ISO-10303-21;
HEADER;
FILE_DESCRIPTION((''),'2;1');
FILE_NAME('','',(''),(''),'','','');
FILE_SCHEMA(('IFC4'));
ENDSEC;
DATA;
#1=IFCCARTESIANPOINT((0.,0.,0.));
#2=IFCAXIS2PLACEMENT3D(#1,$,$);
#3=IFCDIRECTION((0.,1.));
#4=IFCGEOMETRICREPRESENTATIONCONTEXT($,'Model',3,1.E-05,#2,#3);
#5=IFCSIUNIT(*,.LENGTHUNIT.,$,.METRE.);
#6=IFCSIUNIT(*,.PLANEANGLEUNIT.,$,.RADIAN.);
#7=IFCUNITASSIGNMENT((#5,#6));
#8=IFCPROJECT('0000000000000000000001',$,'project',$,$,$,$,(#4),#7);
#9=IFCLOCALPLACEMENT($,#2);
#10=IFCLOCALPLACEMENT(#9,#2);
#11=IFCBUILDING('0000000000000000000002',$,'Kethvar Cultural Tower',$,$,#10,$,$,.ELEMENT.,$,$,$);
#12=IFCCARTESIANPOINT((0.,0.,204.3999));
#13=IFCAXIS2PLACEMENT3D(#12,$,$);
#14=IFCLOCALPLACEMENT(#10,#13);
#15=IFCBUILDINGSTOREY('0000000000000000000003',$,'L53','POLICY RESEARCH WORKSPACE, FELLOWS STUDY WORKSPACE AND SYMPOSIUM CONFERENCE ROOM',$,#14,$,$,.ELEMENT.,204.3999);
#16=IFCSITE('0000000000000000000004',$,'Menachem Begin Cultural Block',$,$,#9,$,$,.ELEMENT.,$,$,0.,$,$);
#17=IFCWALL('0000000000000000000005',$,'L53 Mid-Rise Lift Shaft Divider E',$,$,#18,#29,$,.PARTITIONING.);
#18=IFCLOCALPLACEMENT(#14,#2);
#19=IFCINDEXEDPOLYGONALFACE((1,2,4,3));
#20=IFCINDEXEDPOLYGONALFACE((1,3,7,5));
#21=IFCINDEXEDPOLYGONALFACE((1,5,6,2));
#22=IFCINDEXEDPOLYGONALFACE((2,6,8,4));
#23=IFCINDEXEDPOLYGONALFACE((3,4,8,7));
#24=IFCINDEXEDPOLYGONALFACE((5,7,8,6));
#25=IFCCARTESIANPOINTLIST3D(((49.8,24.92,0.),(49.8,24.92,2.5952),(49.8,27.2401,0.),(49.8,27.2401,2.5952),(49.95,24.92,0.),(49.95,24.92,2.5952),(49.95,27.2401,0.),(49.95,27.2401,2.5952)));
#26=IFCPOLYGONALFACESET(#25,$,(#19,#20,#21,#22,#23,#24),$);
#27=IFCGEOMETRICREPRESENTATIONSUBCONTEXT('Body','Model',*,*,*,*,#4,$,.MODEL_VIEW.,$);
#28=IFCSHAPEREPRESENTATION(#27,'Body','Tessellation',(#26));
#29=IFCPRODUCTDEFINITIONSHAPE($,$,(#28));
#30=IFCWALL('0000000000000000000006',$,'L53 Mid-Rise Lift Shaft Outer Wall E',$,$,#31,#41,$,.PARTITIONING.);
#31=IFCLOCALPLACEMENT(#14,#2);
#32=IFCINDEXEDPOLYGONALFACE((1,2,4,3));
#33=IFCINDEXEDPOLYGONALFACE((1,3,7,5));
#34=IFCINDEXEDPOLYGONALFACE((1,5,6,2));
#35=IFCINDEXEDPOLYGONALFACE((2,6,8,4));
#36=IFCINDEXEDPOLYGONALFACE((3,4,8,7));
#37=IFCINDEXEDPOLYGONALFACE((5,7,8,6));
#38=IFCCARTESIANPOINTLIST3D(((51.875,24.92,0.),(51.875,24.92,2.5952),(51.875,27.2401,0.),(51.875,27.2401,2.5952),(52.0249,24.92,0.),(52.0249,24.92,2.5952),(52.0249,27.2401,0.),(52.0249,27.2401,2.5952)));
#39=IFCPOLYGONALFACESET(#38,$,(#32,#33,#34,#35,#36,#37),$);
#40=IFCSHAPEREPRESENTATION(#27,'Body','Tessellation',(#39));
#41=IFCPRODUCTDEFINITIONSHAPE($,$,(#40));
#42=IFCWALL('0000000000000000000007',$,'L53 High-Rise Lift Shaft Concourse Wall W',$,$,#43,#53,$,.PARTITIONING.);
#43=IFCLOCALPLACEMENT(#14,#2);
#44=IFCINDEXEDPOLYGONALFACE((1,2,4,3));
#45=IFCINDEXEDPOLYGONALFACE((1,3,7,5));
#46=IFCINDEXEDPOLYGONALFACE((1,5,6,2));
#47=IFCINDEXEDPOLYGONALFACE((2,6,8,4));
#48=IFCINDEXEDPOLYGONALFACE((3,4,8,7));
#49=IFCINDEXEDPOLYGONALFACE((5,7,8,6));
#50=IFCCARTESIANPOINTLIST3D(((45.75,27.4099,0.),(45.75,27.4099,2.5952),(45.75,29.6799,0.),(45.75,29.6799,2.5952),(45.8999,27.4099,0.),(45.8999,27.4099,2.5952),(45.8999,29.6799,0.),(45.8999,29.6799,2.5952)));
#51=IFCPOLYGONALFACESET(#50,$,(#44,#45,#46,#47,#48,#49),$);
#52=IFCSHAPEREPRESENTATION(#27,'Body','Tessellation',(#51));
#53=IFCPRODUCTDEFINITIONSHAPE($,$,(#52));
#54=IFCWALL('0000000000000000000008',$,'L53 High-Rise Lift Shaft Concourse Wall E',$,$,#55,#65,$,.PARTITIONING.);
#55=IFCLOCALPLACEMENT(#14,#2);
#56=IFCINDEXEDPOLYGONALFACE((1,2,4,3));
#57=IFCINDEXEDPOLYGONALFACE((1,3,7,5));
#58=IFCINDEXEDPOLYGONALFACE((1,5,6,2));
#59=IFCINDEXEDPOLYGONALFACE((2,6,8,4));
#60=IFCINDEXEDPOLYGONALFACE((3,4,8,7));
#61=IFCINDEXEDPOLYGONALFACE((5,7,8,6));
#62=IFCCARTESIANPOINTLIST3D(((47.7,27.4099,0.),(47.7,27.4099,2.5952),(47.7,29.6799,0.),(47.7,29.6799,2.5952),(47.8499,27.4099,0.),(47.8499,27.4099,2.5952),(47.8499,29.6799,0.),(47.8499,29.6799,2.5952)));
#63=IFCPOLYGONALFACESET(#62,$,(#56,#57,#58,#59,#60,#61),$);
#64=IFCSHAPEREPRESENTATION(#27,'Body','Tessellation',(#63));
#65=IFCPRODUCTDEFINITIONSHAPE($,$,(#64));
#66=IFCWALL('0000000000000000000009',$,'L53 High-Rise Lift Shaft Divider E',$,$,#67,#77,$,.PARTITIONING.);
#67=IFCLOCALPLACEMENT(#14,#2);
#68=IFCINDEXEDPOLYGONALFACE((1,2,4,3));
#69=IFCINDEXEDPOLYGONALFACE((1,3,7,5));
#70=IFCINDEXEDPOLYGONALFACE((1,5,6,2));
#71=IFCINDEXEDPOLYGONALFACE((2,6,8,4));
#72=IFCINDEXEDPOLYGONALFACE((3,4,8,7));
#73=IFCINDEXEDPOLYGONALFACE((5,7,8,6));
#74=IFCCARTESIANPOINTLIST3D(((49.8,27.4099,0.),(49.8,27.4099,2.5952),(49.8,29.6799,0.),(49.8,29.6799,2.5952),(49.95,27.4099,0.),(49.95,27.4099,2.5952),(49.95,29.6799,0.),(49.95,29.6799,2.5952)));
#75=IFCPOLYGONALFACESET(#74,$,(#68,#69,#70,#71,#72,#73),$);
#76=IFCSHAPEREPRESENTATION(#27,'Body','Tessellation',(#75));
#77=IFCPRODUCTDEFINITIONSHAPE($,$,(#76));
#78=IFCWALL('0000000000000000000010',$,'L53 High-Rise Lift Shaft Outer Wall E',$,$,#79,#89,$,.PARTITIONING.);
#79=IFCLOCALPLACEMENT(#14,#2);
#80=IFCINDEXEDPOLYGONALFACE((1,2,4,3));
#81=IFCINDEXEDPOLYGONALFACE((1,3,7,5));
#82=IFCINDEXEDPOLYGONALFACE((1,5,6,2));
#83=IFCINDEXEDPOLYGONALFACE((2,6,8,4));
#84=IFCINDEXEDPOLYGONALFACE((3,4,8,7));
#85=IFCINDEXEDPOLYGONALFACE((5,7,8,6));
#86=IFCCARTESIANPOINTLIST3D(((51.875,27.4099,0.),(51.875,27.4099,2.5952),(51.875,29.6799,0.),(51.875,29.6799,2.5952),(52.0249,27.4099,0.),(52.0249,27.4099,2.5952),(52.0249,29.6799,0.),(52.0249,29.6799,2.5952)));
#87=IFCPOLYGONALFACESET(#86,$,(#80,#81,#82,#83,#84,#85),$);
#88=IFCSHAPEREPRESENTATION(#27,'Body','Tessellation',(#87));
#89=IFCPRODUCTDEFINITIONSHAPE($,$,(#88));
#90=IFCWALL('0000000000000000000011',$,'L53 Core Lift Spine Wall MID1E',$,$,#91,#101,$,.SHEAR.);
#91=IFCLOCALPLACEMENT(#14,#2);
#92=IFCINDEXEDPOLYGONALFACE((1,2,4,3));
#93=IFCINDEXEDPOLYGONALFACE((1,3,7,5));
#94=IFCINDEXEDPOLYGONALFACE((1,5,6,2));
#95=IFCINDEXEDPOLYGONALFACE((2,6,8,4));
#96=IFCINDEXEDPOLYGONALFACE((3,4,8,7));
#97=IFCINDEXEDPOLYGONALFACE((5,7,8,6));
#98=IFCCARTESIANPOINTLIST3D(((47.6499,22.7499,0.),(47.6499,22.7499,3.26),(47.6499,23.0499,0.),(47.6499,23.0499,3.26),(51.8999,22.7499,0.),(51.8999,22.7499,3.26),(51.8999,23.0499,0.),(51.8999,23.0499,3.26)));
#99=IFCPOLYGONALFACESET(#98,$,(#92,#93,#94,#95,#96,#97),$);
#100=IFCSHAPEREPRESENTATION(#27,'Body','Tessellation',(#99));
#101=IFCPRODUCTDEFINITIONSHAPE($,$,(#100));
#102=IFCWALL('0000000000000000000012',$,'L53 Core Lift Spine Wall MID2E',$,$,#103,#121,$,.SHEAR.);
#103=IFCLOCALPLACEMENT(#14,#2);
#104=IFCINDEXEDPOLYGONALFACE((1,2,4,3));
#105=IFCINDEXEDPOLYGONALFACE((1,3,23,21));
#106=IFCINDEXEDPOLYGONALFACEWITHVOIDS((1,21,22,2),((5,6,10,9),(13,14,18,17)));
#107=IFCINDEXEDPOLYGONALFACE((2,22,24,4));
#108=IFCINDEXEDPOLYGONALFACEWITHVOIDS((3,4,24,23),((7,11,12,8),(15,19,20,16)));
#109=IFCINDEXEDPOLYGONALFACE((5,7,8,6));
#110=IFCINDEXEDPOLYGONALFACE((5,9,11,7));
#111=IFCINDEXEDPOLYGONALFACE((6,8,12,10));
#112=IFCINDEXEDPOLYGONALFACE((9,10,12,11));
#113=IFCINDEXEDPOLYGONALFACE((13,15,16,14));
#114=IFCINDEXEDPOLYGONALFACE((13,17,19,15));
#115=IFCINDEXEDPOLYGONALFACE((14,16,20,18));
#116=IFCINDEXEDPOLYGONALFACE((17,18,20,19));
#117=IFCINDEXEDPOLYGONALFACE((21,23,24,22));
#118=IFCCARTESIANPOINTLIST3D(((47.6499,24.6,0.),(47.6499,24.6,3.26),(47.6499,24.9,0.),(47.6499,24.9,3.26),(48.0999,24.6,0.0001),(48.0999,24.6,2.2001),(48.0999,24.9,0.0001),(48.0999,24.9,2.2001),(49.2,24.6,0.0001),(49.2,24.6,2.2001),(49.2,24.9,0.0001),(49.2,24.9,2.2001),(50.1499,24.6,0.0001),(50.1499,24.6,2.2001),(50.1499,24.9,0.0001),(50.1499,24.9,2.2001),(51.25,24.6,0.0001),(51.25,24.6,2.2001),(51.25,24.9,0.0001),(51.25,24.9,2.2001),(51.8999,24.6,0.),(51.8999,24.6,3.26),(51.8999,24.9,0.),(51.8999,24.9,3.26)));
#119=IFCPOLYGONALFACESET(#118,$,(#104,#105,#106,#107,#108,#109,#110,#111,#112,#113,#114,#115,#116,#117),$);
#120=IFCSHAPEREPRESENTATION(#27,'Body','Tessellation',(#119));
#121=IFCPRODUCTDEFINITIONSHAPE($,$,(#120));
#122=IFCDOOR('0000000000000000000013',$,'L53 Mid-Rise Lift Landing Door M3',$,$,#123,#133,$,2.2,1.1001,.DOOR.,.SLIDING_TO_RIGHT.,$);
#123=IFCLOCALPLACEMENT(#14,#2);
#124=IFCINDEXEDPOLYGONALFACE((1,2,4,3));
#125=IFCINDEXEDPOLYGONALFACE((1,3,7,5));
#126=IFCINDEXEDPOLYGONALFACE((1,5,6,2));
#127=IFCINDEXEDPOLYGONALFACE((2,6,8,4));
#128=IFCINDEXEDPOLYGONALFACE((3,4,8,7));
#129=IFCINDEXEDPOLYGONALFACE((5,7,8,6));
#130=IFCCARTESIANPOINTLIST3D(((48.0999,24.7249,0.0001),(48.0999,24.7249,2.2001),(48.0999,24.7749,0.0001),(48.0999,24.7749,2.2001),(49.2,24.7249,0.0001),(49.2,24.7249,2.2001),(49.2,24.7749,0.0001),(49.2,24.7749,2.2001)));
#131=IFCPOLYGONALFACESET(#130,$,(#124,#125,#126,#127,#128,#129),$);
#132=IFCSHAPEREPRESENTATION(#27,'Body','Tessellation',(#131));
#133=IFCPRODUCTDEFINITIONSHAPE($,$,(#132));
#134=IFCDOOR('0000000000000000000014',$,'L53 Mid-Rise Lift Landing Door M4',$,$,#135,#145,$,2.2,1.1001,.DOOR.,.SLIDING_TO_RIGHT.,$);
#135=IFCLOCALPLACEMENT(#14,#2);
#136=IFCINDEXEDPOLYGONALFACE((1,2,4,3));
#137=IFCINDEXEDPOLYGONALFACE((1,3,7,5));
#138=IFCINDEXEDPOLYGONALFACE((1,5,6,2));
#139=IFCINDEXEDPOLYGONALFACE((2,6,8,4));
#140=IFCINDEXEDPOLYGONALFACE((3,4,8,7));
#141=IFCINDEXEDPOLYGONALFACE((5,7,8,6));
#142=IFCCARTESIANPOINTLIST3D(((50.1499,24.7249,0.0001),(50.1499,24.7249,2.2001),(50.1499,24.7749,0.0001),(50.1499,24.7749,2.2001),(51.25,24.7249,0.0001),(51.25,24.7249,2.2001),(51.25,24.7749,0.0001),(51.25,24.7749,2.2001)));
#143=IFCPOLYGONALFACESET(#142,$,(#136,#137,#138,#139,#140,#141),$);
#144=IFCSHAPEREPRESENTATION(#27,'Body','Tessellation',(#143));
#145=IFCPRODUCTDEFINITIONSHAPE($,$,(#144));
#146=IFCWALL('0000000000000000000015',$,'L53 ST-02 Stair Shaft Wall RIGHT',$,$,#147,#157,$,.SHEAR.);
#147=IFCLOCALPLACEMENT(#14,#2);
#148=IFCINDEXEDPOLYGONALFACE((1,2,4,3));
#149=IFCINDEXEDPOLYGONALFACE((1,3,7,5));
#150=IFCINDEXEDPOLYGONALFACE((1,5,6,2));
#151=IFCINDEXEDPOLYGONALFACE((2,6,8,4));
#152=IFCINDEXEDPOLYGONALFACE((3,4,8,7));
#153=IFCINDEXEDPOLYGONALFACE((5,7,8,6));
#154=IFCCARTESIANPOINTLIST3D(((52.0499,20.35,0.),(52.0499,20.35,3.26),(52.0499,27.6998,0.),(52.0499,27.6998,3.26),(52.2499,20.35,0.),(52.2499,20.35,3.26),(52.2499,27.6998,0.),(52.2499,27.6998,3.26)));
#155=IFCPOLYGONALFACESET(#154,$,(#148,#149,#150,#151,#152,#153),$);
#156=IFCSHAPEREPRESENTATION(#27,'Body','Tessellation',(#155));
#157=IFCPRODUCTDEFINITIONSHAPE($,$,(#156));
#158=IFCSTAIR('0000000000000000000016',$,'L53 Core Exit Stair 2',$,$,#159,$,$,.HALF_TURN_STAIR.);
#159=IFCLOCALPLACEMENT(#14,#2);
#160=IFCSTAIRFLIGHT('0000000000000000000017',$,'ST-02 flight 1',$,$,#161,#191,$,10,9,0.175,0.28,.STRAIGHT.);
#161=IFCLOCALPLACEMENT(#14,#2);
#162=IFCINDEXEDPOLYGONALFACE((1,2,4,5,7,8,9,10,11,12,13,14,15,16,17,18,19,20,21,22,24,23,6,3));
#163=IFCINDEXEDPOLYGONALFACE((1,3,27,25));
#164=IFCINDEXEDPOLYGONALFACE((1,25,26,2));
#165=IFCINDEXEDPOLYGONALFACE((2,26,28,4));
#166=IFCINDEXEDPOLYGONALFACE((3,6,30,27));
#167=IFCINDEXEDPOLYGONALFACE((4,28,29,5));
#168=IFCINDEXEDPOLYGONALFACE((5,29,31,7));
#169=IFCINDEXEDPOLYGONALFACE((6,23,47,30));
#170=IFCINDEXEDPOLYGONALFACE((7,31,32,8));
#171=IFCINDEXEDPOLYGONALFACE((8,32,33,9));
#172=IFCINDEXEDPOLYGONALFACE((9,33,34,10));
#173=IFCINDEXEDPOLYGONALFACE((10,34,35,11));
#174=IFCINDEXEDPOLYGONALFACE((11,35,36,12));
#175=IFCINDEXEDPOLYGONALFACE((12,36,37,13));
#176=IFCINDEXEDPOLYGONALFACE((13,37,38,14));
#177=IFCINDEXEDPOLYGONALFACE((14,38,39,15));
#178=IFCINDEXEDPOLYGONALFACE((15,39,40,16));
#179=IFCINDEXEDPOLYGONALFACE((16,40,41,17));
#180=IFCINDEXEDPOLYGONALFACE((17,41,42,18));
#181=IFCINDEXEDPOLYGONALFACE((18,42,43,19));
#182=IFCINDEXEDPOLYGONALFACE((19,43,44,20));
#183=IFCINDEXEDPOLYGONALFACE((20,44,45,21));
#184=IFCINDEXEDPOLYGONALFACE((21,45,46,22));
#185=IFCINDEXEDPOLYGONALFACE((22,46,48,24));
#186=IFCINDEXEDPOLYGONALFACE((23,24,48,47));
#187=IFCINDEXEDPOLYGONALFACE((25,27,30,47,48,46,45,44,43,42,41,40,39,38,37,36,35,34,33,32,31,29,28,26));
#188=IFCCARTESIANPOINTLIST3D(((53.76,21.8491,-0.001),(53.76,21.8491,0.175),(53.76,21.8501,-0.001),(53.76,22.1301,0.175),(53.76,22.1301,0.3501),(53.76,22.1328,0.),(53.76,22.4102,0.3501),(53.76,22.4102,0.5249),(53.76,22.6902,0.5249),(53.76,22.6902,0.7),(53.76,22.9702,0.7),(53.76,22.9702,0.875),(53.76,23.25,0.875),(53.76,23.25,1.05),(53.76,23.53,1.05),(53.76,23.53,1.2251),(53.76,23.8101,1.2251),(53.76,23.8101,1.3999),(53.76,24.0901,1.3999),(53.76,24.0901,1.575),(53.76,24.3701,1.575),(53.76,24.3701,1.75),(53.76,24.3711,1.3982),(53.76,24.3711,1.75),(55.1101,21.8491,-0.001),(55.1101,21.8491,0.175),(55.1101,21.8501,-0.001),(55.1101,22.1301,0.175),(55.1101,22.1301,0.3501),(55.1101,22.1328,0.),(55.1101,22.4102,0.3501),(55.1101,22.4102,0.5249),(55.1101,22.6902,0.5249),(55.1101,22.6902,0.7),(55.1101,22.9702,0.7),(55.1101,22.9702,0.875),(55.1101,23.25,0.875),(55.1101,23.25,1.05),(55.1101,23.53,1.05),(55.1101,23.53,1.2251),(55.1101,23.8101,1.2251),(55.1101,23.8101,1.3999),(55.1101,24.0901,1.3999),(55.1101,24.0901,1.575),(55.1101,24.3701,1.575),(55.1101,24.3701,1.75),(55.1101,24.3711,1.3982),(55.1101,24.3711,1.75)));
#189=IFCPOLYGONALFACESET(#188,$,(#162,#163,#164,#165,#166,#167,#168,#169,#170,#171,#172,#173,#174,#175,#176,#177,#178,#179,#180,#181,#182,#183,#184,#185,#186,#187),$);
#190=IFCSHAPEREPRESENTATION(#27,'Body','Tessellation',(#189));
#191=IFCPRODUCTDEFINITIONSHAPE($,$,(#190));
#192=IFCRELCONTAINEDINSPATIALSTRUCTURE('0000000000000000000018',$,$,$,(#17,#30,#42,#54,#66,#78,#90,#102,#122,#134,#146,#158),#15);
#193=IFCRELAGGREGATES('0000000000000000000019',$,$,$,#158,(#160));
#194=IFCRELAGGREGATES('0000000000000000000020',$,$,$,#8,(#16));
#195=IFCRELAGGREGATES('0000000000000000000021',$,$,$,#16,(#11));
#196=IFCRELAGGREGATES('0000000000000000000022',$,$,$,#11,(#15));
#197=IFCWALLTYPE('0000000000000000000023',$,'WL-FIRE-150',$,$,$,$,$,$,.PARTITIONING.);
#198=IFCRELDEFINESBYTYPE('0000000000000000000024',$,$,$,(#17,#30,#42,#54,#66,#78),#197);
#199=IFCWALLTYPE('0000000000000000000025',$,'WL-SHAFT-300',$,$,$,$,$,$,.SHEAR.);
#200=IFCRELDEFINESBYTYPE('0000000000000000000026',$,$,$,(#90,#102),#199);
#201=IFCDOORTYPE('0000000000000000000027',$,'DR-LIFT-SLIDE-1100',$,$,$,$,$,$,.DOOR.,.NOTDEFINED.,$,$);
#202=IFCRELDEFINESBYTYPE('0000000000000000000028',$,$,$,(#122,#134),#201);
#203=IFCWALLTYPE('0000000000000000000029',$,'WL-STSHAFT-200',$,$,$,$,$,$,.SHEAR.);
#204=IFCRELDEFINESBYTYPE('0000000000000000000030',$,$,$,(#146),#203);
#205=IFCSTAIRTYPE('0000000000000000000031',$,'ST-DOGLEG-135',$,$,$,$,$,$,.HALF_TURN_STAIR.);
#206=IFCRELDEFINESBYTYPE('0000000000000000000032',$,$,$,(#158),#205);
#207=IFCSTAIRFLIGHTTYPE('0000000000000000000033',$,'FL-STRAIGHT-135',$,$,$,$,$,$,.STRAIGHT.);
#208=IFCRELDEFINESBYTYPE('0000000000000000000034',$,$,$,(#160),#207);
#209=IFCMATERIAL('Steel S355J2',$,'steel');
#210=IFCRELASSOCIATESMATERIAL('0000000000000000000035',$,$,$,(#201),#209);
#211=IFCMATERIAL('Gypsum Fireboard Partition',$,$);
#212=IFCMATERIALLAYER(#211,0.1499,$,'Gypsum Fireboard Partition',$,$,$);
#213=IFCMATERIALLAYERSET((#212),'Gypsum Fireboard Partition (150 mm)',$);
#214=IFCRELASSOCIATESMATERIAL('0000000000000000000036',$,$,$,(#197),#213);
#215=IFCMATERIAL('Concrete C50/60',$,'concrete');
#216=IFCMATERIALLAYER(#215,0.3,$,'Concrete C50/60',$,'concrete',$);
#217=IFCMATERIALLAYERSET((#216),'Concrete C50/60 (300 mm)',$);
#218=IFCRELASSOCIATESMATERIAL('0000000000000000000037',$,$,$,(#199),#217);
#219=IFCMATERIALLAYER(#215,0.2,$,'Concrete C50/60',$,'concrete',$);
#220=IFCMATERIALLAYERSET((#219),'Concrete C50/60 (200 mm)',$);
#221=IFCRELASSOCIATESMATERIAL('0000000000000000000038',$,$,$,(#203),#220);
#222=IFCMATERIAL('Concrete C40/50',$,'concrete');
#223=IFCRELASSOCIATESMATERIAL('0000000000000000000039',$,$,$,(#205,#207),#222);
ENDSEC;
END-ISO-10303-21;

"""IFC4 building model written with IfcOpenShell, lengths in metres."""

from ifc_helpers import new_model, si_unit, direction, frame, frame_2d, origin, place, context, subcontext, project, spatial, polyline, rectangle, outline, extrude, source, transform, mapped, material, layer, layer_set, type_object, element, fill, aggregate, save


model = new_model("IFC4")

# Units and contexts
model_context = context("Model", 3, precision=1e-05, world=origin(), true_north=direction((0.0, 1.0)))
body_context = subcontext(model_context, "Body", "Model", "MODEL_VIEW")
ifc_project = project(units=[si_unit("LENGTHUNIT", "METRE"), si_unit("PLANEANGLEUNIT", "RADIAN")], contexts=[model_context])

# Site, building, storey
site_placement = place(None, origin())
site = spatial("IfcSite", under=ifc_project, at=site_placement, Name="Menachem Begin Cultural Block", CompositionType="ELEMENT", RefElevation=0.0)
building_placement = place(site_placement, origin())
building = spatial("IfcBuilding", under=site, at=building_placement, Name="Kethvar Cultural Tower", CompositionType="ELEMENT")
storey_placement = place(building_placement, frame((0.0, 0.0, 204.3999)))
storey = spatial("IfcBuildingStorey", under=building, at=storey_placement, Name="L53", Description="POLICY RESEARCH WORKSPACE, FELLOWS STUDY WORKSPACE AND SYMPOSIUM CONFERENCE ROOM", CompositionType="ELEMENT", Elevation=204.3999)

# Shared definitions
ifc_material_1 = material(Name="Steel S355J2", Category="steel")

# Shared definitions
door_type_1 = type_object("IfcDoorType", Name="DR-LIFT-SLIDE-1100", OperationType="NOTDEFINED", PredefinedType="DOOR", material=ifc_material_1)
shared_shape_1 = source(origin(), body_context, "Body", "SweptSolid", [
    extrude(rectangle(XDim=1.1001, YDim=2.2, at=frame_2d((0.55, 1.1001))), frame((0.0, 0.0249, 0.0), z_axis=(0.0, -1.0, 0.0), x_axis=(1.0, 0.0, 0.0)), (0.0, 0.0, 1.0), 0.05),
])

# Walls
ifc_material_2 = material(Name="Gypsum Fireboard Partition")
ifc_layer_1 = layer(ifc_material_2, 0.1499, Name="Gypsum Fireboard Partition")
ifc_layer_set_1 = layer_set([ifc_layer_1], Name="Gypsum Fireboard Partition (150 mm)")
wall_type_1 = type_object("IfcWallType", Name="WL-FIRE-150", PredefinedType="PARTITIONING", material=ifc_layer_set_1)
for number, where, z_axis, x_axis, name in (
    (1, (49.875, 24.9199, 0.0), (0.0, 0.0, 1.0), (0.0, 1.0, 0.0), "L53 Mid-Rise Lift Shaft Divider E"),
    (2, (51.95, 24.9199, 0.0), (0.0, 0.0, 1.0), (0.0, 1.0, 0.0), "L53 Mid-Rise Lift Shaft Outer Wall E"),
):
    element("IfcWall", number, at=place(storey_placement, frame(where, z_axis=z_axis, x_axis=x_axis)), inside=storey, type_object=wall_type_1, Name=name, PredefinedType="PARTITIONING", context=body_context, shape_type="SweptSolid", body=[
        extrude(rectangle(XDim=2.3201, YDim=0.1499, at=frame_2d((1.1602, 0.0))), origin(), (0.0, 0.0, 1.0), 2.5952),
    ])
for number, where, z_axis, x_axis, name in (
    (3, (45.825, 27.4099, 0.0), (0.0, 0.0, 1.0), (0.0, 1.0, 0.0), "L53 High-Rise Lift Shaft Concourse Wall W"),
    (4, (47.7749, 27.4099, 0.0), (0.0, 0.0, 1.0), (0.0, 1.0, 0.0), "L53 High-Rise Lift Shaft Concourse Wall E"),
    (5, (49.875, 27.4099, 0.0), (0.0, 0.0, 1.0), (0.0, 1.0, 0.0), "L53 High-Rise Lift Shaft Divider E"),
    (6, (51.95, 27.4099, 0.0), (0.0, 0.0, 1.0), (0.0, 1.0, 0.0), "L53 High-Rise Lift Shaft Outer Wall E"),
):
    element("IfcWall", number, at=place(storey_placement, frame(where, z_axis=z_axis, x_axis=x_axis)), inside=storey, type_object=wall_type_1, Name=name, PredefinedType="PARTITIONING", context=body_context, shape_type="SweptSolid", body=[
        extrude(rectangle(XDim=2.27, YDim=0.1499, at=frame_2d((1.135, 0.0))), origin(), (0.0, 0.0, 1.0), 2.5952),
    ])
ifc_material_3 = material(Name="Concrete C50/60", Category="concrete")
ifc_layer_2 = layer(ifc_material_3, 0.3, Name="Concrete C50/60", Category="concrete")
ifc_layer_set_2 = layer_set([ifc_layer_2], Name="Concrete C50/60 (300 mm)")
wall_type_2 = type_object("IfcWallType", Name="WL-SHAFT-300", PredefinedType="SHEAR", material=ifc_layer_set_2)
wall_1_placement = place(storey_placement, frame((47.6499, 22.8999, 0.0), z_axis=(0.0, 0.0, 1.0), x_axis=(1.0, 0.0, 0.0)))
element("IfcWall", 7, at=wall_1_placement, inside=storey, type_object=wall_type_2, Name="L53 Core Lift Spine Wall MID1E", PredefinedType="SHEAR", context=body_context, shape_type="SweptSolid", body=[
    extrude(rectangle(XDim=4.25, YDim=0.3, at=frame_2d((2.125, 0.0))), origin(), (0.0, 0.0, 1.0), 3.26),
])

# Wall, openings, doors
wall_2_placement = place(storey_placement, frame((47.6499, 24.75, 0.0), z_axis=(0.0, 0.0, 1.0), x_axis=(1.0, 0.0, 0.0)))
wall_2 = element("IfcWall", 8, at=wall_2_placement, inside=storey, type_object=wall_type_2, Name="L53 Core Lift Spine Wall MID2E", PredefinedType="SHEAR", context=body_context, shape_type="SweptSolid", body=[
    extrude(rectangle(XDim=4.25, YDim=0.3, at=frame_2d((2.125, 0.0))), origin(), (0.0, 0.0, 1.0), 3.26),
])
opening_1_placement = place(wall_2_placement, frame((0.45, 0.0, 0.0)))
opening_1 = element("IfcOpeningElement", 9, at=opening_1_placement, cuts=wall_2, PredefinedType="OPENING", context=body_context, shape_type="SweptSolid", body=[
    extrude(rectangle(XDim=1.1001, YDim=2.2, at=frame_2d((0.55, 1.1001))), frame((0.0, 0.1599, 0.0), z_axis=(0.0, -1.0, 0.0), x_axis=(1.0, 0.0, 0.0)), (0.0, 0.0, 1.0), 0.3201),
])
opening_2_placement = place(wall_2_placement, frame((2.5, 0.0, 0.0)))
opening_2 = element("IfcOpeningElement", 10, at=opening_2_placement, cuts=wall_2, PredefinedType="OPENING", context=body_context, shape_type="SweptSolid", body=[
    extrude(rectangle(XDim=1.1001, YDim=2.2, at=frame_2d((0.55, 1.1001))), frame((0.0, 0.1599, 0.0), z_axis=(0.0, -1.0, 0.0), x_axis=(1.0, 0.0, 0.0)), (0.0, 0.0, 1.0), 0.3201),
])
door_1_placement = place(opening_1_placement, origin())
door_1 = element("IfcDoor", 11, at=door_1_placement, inside=storey, type_object=door_type_1, Name="L53 Mid-Rise Lift Landing Door M3", OperationType="SLIDING_TO_RIGHT", OverallHeight=2.2, OverallWidth=1.1001, PredefinedType="DOOR", context=body_context, shape_type="MappedRepresentation", body=[
    mapped(shared_shape_1, transform((0.0, 0.0, 0.0), scale=1.0)),
])
fill(opening_1, door_1)
door_2_placement = place(opening_2_placement, origin())
door_2 = element("IfcDoor", 12, at=door_2_placement, inside=storey, type_object=door_type_1, Name="L53 Mid-Rise Lift Landing Door M4", OperationType="SLIDING_TO_RIGHT", OverallHeight=2.2, OverallWidth=1.1001, PredefinedType="DOOR", context=body_context, shape_type="MappedRepresentation", body=[
    mapped(shared_shape_1, transform((0.0, 0.0, 0.0), scale=1.0)),
])
fill(opening_2, door_2)

# Wall
ifc_layer_3 = layer(ifc_material_3, 0.2, Name="Concrete C50/60", Category="concrete")
ifc_layer_set_3 = layer_set([ifc_layer_3], Name="Concrete C50/60 (200 mm)")
wall_type_3 = type_object("IfcWallType", Name="WL-STSHAFT-200", PredefinedType="SHEAR", material=ifc_layer_set_3)
wall_3_placement = place(storey_placement, frame((52.1499, 20.3501, 0.0), z_axis=(0.0, 0.0, 1.0), x_axis=(0.0, 1.0, 0.0)))
element("IfcWall", 13, at=wall_3_placement, inside=storey, type_object=wall_type_3, Name="L53 ST-02 Stair Shaft Wall RIGHT", PredefinedType="SHEAR", context=body_context, shape_type="SweptSolid", body=[
    extrude(rectangle(XDim=7.3499, YDim=0.2, at=frame_2d((3.6748, 0.0))), origin(), (0.0, 0.0, 1.0), 3.26),
])

# Stair, stair flight
ifc_material_4 = material(Name="Concrete C40/50", Category="concrete")
stair_type = type_object("IfcStairType", Name="ST-DOGLEG-135", PredefinedType="HALF_TURN_STAIR", material=ifc_material_4)
stair_placement = place(storey_placement, origin())
stair = element("IfcStair", 14, at=stair_placement, inside=storey, type_object=stair_type, Name="L53 Core Exit Stair 2", PredefinedType="HALF_TURN_STAIR")
stair_flight_type = type_object("IfcStairFlightType", Name="FL-STRAIGHT-135", PredefinedType="STRAIGHT", material=ifc_material_4)
stair_flight_1_placement = place(storey_placement, frame((54.4351, 21.8501, 0.0), z_axis=(0.0, 0.0, 1.0), x_axis=(0.0, 1.0, 0.0)))
stair_flight_1 = element("IfcStairFlight", 15, at=stair_flight_1_placement, type_object=stair_flight_type, Name="ST-02 flight 1", NumberOfRisers=10, NumberOfTreads=9, PredefinedType="STRAIGHT", RiserHeight=0.175, TreadLength=0.28, context=body_context, shape_type="SweptSolid", body=[
    extrude(outline(polyline([(-0.001, -0.001), (-0.001, 0.175), (0.28, 0.175), (0.28, 0.3501), (0.5601, 0.3501), (0.5601, 0.5249), (0.8401, 0.5249), (0.8401, 0.7), (1.1201, 0.7), (1.1201, 0.875), (1.3999, 0.875), (1.3999, 1.05), (1.6799, 1.05), (1.6799, 1.2251), (1.96, 1.2251), (1.96, 1.3999), (2.24, 1.3999), (2.24, 1.575), (2.52, 1.575), (2.52, 1.75), (2.521, 1.75), (2.521, 1.3982), (0.2827, 0.0), (0.0, -0.001), (-0.001, -0.001)])), frame((0.0, 0.675, 0.0), z_axis=(0.0, -1.0, 0.0), x_axis=(1.0, 0.0, 0.0)), (0.0, 0.0, 1.0), 1.3501),
])
aggregate(stair, [stair_flight_1])

save(model, "model.ifc")
